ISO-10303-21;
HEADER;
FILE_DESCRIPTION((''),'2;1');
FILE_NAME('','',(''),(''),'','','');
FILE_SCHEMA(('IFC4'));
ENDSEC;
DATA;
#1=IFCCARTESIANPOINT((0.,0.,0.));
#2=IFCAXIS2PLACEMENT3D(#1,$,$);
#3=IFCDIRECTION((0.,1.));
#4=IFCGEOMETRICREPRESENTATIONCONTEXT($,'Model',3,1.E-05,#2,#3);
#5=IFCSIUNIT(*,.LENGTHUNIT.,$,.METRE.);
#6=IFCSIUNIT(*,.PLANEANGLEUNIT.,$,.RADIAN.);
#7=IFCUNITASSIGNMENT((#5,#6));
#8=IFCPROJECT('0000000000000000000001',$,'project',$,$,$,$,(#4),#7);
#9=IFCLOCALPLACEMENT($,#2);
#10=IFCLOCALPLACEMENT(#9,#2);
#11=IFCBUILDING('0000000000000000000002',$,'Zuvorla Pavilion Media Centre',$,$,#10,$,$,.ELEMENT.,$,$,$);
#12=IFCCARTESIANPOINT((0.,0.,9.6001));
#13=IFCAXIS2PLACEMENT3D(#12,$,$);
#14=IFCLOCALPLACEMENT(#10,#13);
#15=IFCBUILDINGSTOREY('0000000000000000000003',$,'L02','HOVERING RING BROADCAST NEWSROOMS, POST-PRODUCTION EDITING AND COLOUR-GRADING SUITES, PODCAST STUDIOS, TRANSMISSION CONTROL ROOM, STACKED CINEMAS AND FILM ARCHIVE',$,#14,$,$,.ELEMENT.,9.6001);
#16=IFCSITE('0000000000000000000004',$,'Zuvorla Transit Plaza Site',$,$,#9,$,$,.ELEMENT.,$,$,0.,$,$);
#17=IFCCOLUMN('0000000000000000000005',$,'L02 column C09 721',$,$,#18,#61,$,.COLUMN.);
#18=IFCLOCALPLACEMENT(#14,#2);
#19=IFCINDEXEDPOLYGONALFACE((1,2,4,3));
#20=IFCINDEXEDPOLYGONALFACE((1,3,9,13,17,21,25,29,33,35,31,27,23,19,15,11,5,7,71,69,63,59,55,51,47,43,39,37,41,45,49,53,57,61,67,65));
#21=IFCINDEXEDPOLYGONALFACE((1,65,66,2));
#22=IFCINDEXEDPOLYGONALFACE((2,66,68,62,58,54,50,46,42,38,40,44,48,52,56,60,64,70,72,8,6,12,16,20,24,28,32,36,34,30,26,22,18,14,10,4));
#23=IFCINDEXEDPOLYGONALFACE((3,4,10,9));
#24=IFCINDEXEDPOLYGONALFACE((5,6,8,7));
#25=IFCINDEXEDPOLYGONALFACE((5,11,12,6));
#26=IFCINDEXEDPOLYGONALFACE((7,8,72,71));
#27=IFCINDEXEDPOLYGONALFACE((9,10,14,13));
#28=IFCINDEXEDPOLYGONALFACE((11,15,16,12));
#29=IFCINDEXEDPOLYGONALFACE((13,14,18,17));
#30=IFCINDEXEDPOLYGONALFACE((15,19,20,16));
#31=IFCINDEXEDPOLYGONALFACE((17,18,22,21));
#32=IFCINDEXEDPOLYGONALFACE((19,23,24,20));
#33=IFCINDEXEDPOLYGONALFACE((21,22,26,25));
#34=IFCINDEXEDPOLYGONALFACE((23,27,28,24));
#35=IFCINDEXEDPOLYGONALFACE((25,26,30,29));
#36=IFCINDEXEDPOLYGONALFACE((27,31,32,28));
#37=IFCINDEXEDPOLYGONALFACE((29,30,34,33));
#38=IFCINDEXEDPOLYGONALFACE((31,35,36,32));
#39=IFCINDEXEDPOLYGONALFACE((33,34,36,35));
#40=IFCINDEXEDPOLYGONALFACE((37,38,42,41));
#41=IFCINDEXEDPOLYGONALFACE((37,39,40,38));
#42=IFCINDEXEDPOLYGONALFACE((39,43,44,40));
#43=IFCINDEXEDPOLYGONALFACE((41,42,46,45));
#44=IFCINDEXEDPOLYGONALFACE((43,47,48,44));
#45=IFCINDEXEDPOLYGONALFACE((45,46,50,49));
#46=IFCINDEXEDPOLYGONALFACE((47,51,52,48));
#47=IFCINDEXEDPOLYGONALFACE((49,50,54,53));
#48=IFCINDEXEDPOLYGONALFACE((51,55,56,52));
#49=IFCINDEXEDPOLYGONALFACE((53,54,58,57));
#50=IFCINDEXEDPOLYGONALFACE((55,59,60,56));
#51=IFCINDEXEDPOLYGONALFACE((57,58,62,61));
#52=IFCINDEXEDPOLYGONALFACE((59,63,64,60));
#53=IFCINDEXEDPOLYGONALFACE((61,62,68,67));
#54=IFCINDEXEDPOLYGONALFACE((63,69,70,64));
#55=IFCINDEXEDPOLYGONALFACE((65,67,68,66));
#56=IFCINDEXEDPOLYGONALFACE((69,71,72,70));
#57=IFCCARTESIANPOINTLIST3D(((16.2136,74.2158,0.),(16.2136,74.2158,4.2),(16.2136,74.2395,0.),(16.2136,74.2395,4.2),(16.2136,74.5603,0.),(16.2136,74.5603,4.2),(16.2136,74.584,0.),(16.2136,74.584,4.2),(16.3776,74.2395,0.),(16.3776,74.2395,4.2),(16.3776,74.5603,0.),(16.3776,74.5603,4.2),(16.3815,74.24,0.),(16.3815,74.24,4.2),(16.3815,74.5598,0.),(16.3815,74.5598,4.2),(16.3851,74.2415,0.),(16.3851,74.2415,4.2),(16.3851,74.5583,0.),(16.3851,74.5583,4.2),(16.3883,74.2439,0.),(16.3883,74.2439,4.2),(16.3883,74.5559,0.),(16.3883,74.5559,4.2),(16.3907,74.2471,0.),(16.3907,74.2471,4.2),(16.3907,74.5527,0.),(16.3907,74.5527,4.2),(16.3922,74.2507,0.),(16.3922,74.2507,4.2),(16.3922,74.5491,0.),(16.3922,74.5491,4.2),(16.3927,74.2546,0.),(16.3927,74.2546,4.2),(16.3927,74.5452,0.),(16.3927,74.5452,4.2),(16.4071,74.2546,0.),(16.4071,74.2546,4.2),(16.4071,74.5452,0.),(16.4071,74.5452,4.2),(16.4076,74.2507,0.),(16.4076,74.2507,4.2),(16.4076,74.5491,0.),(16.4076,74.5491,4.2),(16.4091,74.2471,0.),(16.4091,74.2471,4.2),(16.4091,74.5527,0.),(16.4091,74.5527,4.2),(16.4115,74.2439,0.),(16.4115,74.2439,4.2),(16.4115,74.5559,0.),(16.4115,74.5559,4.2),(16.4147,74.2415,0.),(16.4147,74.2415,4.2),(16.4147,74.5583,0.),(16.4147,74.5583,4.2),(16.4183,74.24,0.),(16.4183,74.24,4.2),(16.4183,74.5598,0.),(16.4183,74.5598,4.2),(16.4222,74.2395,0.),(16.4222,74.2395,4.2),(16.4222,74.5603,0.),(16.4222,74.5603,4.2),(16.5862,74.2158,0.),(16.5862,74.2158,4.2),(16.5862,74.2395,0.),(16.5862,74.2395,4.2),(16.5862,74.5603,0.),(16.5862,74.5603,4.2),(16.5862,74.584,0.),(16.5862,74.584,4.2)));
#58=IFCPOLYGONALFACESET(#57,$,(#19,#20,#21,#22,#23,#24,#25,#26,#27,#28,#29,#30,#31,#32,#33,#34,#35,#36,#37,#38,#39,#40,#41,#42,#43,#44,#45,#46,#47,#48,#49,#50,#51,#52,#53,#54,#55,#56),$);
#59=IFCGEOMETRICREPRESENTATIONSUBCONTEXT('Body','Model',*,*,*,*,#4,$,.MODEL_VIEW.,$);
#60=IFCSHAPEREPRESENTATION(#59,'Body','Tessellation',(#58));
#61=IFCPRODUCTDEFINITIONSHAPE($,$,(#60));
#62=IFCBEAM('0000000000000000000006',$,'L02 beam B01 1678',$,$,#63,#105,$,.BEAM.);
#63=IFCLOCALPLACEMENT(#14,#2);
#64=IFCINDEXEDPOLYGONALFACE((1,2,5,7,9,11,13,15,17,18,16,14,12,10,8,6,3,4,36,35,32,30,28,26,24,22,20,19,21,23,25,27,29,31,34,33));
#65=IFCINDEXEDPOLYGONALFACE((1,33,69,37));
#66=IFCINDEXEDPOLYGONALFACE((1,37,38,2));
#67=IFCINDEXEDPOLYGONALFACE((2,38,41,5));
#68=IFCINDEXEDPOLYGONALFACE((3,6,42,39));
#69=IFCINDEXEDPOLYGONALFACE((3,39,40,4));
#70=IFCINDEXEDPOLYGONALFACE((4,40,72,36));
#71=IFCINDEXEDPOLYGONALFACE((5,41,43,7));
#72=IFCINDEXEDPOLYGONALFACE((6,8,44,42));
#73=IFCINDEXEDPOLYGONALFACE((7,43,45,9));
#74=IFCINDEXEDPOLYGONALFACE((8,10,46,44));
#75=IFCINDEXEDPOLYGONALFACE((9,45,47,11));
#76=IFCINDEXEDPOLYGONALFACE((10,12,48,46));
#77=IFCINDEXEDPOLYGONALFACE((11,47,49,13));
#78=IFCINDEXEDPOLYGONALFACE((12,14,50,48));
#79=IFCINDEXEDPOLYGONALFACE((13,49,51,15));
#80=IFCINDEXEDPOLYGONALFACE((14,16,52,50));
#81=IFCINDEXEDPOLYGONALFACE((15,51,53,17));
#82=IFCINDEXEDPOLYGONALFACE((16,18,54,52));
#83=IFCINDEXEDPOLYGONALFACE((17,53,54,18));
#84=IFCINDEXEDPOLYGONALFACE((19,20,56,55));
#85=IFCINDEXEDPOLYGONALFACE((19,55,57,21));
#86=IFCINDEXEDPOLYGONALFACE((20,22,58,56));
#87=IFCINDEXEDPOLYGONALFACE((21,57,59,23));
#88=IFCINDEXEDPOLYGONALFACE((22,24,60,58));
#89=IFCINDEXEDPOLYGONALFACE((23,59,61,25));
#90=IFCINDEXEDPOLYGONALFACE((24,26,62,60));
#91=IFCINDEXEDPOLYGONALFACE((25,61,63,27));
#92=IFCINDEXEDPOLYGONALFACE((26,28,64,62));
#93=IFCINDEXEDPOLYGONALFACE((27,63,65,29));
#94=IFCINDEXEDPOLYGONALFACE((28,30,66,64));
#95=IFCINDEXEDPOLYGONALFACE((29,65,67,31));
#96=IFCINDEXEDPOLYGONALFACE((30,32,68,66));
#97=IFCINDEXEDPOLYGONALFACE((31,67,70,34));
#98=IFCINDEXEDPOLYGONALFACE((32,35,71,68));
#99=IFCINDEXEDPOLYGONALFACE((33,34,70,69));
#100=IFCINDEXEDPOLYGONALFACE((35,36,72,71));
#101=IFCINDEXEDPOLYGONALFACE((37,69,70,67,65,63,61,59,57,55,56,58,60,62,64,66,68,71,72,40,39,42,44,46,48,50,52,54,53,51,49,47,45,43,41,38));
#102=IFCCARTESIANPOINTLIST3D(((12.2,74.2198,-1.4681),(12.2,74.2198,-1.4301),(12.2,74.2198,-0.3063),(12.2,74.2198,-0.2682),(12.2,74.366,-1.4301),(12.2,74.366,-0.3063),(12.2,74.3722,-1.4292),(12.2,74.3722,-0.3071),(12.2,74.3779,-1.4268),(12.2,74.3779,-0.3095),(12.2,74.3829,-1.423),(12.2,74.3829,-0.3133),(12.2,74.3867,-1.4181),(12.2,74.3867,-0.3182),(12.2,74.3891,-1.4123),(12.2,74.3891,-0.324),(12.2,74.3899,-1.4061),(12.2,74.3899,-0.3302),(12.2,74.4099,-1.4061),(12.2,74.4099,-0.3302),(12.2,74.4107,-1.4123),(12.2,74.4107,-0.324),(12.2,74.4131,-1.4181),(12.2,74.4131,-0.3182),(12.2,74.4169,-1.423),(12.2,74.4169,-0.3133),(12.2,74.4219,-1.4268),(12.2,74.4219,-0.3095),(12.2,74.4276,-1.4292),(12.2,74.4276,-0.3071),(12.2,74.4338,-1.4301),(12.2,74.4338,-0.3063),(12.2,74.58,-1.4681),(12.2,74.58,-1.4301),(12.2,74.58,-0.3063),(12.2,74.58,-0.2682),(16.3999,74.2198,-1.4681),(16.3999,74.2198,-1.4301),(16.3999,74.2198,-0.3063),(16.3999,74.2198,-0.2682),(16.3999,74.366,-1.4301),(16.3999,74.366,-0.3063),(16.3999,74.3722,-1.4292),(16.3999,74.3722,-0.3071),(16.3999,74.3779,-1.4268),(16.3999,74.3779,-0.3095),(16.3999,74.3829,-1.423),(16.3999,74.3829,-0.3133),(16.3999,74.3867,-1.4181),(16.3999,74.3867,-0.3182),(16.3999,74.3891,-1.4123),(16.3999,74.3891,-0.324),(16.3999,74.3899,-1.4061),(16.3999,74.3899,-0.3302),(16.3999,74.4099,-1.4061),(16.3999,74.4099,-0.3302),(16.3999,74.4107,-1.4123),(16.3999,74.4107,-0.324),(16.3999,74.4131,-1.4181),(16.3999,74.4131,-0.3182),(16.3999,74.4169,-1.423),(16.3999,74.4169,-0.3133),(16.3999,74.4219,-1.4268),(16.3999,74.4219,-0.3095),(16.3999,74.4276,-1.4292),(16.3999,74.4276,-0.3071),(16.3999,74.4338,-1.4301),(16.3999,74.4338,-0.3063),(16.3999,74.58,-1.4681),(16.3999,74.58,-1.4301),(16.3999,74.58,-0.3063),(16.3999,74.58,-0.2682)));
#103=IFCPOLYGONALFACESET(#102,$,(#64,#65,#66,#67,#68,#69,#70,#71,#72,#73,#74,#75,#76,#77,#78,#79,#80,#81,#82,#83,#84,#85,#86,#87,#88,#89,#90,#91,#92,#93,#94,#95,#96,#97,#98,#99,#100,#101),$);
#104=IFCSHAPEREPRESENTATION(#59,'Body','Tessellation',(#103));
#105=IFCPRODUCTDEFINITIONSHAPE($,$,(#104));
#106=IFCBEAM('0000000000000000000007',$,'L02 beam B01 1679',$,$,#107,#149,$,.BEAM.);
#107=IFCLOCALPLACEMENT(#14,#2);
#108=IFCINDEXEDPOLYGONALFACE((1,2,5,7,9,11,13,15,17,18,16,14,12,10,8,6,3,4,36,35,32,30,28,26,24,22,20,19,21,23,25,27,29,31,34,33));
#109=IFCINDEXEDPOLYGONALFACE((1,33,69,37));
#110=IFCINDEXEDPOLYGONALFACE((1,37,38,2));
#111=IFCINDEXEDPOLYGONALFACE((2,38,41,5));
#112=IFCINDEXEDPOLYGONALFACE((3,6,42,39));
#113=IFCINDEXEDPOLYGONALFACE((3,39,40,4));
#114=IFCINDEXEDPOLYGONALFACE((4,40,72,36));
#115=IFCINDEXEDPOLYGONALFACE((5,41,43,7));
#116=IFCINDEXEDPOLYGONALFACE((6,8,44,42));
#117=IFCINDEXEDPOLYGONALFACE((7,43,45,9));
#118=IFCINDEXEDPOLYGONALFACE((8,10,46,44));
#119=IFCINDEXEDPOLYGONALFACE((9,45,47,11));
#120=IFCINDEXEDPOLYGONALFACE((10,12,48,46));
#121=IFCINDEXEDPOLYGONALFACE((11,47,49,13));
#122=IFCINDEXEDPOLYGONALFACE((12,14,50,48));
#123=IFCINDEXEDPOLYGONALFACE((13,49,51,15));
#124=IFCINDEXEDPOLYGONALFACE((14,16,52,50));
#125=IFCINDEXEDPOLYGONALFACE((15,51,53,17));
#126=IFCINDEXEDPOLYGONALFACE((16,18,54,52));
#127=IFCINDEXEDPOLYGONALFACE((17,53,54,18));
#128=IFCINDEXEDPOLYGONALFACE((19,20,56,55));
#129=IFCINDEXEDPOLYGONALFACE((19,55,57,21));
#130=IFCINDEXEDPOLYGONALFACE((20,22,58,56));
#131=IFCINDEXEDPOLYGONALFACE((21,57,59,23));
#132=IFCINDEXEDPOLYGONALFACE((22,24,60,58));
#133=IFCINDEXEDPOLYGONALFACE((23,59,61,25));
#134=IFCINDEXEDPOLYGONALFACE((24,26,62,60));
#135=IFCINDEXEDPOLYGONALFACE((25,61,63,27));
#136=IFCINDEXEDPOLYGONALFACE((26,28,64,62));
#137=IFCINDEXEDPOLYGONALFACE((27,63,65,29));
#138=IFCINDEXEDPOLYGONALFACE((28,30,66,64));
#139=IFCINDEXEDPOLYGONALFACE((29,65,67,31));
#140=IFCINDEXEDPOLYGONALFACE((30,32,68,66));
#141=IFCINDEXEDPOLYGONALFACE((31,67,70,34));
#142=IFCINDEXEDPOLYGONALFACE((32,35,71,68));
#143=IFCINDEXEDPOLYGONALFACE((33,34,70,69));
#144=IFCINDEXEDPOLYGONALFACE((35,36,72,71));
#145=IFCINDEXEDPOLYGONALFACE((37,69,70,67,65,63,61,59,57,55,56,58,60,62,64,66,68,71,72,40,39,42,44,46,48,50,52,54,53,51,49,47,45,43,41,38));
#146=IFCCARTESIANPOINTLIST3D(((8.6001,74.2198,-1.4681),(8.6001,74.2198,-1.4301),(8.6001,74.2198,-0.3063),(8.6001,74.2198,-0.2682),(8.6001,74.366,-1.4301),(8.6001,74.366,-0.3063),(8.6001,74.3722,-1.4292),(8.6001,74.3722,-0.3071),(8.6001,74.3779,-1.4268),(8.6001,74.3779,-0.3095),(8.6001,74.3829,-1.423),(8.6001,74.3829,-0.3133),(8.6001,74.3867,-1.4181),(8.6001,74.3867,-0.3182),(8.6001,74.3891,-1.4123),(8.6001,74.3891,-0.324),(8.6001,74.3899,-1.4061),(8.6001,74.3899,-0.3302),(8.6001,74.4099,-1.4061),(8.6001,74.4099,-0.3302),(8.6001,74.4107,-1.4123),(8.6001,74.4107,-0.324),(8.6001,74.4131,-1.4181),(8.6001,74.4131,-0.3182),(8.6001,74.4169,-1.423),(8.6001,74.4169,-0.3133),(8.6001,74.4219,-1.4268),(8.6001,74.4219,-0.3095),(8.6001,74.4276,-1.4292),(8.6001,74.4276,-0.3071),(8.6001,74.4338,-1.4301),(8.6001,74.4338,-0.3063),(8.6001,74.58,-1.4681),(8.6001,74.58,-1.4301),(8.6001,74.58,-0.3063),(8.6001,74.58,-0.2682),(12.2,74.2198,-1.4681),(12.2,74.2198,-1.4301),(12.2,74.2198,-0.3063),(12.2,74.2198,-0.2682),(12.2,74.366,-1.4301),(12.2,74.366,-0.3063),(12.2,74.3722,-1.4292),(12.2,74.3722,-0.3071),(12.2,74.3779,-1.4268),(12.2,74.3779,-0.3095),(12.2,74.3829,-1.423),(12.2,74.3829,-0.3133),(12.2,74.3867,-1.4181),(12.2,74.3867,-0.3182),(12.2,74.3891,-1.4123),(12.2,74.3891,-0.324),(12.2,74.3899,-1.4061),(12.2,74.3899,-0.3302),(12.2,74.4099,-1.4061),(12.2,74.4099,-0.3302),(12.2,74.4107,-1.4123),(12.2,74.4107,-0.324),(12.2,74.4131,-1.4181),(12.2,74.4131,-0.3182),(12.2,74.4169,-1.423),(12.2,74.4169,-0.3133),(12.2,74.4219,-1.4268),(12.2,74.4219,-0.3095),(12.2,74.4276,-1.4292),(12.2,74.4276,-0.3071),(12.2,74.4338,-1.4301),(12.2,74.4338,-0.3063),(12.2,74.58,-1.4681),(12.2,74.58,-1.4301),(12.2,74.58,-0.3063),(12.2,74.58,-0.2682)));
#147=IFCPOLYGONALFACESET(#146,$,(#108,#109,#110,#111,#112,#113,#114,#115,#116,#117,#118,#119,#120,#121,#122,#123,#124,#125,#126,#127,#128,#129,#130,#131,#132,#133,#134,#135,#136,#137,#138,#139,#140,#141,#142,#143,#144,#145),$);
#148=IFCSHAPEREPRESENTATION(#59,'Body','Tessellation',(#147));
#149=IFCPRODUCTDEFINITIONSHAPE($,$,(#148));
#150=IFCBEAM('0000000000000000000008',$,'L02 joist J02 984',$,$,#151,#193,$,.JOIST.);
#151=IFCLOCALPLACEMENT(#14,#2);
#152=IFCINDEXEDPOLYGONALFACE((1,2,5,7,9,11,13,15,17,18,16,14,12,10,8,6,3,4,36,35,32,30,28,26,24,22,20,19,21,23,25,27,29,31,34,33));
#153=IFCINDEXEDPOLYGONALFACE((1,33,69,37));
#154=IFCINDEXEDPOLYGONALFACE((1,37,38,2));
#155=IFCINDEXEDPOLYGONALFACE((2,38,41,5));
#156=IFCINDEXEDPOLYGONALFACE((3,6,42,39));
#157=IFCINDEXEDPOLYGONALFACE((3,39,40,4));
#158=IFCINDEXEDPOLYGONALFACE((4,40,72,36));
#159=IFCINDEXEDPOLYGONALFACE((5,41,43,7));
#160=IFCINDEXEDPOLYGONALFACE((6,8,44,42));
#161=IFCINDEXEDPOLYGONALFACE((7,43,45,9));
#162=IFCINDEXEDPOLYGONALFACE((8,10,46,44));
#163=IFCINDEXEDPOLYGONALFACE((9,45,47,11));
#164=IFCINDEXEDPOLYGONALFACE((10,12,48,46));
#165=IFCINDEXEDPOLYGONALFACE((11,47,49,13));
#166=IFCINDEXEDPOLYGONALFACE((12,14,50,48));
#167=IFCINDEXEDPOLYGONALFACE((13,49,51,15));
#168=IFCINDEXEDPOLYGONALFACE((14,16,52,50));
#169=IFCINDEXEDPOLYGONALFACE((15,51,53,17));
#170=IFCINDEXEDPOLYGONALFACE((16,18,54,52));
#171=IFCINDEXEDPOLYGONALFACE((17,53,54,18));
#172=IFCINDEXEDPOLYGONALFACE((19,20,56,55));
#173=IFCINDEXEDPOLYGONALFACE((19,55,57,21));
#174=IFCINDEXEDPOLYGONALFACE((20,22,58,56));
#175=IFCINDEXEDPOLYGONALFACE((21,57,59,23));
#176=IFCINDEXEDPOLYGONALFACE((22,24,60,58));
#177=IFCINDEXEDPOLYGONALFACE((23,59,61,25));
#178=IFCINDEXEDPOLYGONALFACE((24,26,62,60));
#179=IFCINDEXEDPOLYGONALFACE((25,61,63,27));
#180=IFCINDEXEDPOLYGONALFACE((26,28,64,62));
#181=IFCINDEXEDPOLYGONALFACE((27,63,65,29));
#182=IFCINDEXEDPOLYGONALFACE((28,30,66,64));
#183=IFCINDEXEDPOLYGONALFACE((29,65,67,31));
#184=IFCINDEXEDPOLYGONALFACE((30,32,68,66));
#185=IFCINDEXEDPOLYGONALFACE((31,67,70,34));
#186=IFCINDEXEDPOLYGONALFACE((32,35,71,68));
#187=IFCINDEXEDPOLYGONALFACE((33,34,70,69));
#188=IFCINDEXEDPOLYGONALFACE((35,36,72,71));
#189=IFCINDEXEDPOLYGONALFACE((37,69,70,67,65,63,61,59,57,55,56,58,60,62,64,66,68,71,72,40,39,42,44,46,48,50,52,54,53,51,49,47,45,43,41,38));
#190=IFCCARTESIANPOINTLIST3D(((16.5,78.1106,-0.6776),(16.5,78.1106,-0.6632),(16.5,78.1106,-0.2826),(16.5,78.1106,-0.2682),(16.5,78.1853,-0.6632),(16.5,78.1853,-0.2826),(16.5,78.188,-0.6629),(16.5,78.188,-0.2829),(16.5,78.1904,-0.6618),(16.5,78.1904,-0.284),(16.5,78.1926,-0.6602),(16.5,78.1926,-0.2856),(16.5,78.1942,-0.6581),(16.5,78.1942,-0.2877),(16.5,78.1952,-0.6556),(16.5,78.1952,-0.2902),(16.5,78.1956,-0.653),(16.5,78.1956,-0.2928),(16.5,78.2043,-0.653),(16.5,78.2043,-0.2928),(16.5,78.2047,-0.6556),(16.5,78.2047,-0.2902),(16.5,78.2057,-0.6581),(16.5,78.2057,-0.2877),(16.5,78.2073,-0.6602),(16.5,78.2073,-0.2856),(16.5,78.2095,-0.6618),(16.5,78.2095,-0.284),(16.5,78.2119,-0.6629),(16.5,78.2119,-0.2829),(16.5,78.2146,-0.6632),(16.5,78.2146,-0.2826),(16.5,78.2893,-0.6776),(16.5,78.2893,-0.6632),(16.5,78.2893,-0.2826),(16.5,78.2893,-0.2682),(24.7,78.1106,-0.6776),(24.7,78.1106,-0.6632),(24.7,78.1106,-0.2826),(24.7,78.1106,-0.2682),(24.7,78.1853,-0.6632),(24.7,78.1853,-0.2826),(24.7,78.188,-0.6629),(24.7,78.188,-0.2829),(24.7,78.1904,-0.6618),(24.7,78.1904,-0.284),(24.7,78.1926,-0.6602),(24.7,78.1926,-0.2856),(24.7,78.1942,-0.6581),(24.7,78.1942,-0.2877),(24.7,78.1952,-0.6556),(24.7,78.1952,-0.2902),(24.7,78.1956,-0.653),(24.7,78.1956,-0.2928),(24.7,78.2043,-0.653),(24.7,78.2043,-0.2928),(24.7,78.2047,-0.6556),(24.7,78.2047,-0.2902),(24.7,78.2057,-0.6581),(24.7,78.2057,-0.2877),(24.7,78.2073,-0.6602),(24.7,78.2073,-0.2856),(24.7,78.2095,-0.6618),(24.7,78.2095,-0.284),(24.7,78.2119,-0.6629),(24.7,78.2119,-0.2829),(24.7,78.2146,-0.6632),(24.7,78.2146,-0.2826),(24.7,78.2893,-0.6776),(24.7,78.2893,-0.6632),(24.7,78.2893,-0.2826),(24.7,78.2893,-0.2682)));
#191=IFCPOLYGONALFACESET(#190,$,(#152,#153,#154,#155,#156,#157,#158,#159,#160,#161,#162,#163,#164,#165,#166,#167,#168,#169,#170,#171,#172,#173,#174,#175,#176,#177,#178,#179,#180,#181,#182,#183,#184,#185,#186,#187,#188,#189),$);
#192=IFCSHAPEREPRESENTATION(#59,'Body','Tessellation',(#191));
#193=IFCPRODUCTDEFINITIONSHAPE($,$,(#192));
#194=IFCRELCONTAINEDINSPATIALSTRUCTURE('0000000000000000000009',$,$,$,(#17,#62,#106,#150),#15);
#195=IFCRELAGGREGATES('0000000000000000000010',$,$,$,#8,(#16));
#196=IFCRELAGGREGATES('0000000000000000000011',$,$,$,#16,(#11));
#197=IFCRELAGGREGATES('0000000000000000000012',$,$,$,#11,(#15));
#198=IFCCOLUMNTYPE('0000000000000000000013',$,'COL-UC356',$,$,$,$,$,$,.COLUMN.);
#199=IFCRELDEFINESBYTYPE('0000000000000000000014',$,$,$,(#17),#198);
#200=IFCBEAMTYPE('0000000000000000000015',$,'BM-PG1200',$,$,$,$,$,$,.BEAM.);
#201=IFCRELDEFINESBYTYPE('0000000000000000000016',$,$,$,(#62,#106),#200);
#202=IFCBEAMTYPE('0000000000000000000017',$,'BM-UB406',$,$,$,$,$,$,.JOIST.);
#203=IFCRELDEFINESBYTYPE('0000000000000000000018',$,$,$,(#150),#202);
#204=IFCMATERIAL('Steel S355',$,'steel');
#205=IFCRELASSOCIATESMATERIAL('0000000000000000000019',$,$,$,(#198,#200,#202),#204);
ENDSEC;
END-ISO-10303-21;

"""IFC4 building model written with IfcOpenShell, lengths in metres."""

from ifc_helpers import new_model, si_unit, direction, frame, origin, origin_2d, place, context, subcontext, project, spatial, i_section, extrude, material, material_profile, profile_set, type_object, element, save


model = new_model("IFC4")

# Units and contexts
model_context = context("Model", 3, precision=1e-05, world=origin(), true_north=direction((0.0, 1.0)))
body_context = subcontext(model_context, "Body", "Model", "MODEL_VIEW")
ifc_project = project(units=[si_unit("LENGTHUNIT", "METRE"), si_unit("PLANEANGLEUNIT", "RADIAN")], contexts=[model_context])

# Site, building, storey
site_placement = place(None, origin())
site = spatial("IfcSite", under=ifc_project, at=site_placement, Name="Zuvorla Transit Plaza Site", CompositionType="ELEMENT", RefElevation=0.0)
building_placement = place(site_placement, origin())
building = spatial("IfcBuilding", under=site, at=building_placement, Name="Zuvorla Pavilion Media Centre", CompositionType="ELEMENT")
storey_placement = place(building_placement, frame((0.0, 0.0, 9.6001)))
storey = spatial("IfcBuildingStorey", under=building, at=storey_placement, Name="L02", Description="HOVERING RING BROADCAST NEWSROOMS, POST-PRODUCTION EDITING AND COLOUR-GRADING SUITES, PODCAST STUDIOS, TRANSMISSION CONTROL ROOM, STACKED CINEMAS AND FILM ARCHIVE", CompositionType="ELEMENT", Elevation=9.6001)

# Column
ifc_material_1 = material(Name="Steel S355", Category="steel")
ifc_material_profile_1 = material_profile(ifc_material_1, i_section(OverallWidth=0.3726, OverallDepth=0.3682, WebThickness=0.0144, FlangeThickness=0.0237, FilletRadius=0.0151, at=origin_2d()), Name="UC 356x368x177")
ifc_profile_set_1 = profile_set([ifc_material_profile_1], Name="Steel S355")
column_type = type_object("IfcColumnType", Name="COL-UC356", PredefinedType="COLUMN", material=ifc_profile_set_1)
column_placement = place(storey_placement, frame((16.3999, 74.3999, 0.0), z_axis=(0.0, 0.0, 1.0), x_axis=(1.0, 0.0, 0.0)))
element("IfcColumn", 1, at=column_placement, inside=storey, type_object=column_type, Name="L02 column C09 721", PredefinedType="COLUMN", context=body_context, shape_type="SweptSolid", body=[
    extrude(i_section(OverallWidth=0.3726, OverallDepth=0.3682, WebThickness=0.0144, FlangeThickness=0.0237, FilletRadius=0.0151, at=origin_2d()), origin(), (0.0, 0.0, 1.0), 4.2),
])

# Beams
ifc_material_profile_2 = material_profile(ifc_material_1, i_section(OverallWidth=0.3601, OverallDepth=1.2, WebThickness=0.02, FlangeThickness=0.0381, FilletRadius=0.0239, at=origin_2d()), Name="PG 1200x360x38")
ifc_profile_set_2 = profile_set([ifc_material_profile_2], Name="Steel S355")
beam_type_1 = type_object("IfcBeamType", Name="BM-PG1200", PredefinedType="BEAM", material=ifc_profile_set_2)
beam_1_placement = place(storey_placement, frame((16.3999, 74.3999, -0.8682), z_axis=(-1.0, 0.0, 0.0), x_axis=(0.0, -1.0, 0.0)))
element("IfcBeam", 2, at=beam_1_placement, inside=storey, type_object=beam_type_1, Name="L02 beam B01 1678", PredefinedType="BEAM", context=body_context, shape_type="SweptSolid", body=[
    extrude(i_section(OverallWidth=0.3601, OverallDepth=1.2, WebThickness=0.02, FlangeThickness=0.0381, FilletRadius=0.0239, at=origin_2d()), origin(), (0.0, 0.0, 1.0), 4.2),
])
beam_2_placement = place(storey_placement, frame((12.2, 74.3999, -0.8682), z_axis=(-1.0, 0.0, 0.0), x_axis=(0.0, -1.0, 0.0)))
element("IfcBeam", 3, at=beam_2_placement, inside=storey, type_object=beam_type_1, Name="L02 beam B01 1679", PredefinedType="BEAM", context=body_context, shape_type="SweptSolid", body=[
    extrude(i_section(OverallWidth=0.3601, OverallDepth=1.2, WebThickness=0.02, FlangeThickness=0.0381, FilletRadius=0.0239, at=origin_2d()), origin(), (0.0, 0.0, 1.0), 3.5999),
])
ifc_material_profile_3 = material_profile(ifc_material_1, i_section(OverallWidth=0.1787, OverallDepth=0.4094, WebThickness=0.0088, FlangeThickness=0.0144, FilletRadius=0.0103, at=origin_2d()), Name="UB 406x178x67")
ifc_profile_set_3 = profile_set([ifc_material_profile_3], Name="Steel S355")
beam_type_2 = type_object("IfcBeamType", Name="BM-UB406", PredefinedType="JOIST", material=ifc_profile_set_3)
beam_3_placement = place(storey_placement, frame((16.5, 78.2, -0.4729), z_axis=(1.0, 0.0, 0.0), x_axis=(0.0, 1.0, 0.0)))
element("IfcBeam", 4, at=beam_3_placement, inside=storey, type_object=beam_type_2, Name="L02 joist J02 984", PredefinedType="JOIST", context=body_context, shape_type="SweptSolid", body=[
    extrude(i_section(OverallWidth=0.1787, OverallDepth=0.4094, WebThickness=0.0088, FlangeThickness=0.0144, FilletRadius=0.0103, at=origin_2d()), origin(), (0.0, 0.0, 1.0), 8.2),
])

save(model, "model.ifc")
